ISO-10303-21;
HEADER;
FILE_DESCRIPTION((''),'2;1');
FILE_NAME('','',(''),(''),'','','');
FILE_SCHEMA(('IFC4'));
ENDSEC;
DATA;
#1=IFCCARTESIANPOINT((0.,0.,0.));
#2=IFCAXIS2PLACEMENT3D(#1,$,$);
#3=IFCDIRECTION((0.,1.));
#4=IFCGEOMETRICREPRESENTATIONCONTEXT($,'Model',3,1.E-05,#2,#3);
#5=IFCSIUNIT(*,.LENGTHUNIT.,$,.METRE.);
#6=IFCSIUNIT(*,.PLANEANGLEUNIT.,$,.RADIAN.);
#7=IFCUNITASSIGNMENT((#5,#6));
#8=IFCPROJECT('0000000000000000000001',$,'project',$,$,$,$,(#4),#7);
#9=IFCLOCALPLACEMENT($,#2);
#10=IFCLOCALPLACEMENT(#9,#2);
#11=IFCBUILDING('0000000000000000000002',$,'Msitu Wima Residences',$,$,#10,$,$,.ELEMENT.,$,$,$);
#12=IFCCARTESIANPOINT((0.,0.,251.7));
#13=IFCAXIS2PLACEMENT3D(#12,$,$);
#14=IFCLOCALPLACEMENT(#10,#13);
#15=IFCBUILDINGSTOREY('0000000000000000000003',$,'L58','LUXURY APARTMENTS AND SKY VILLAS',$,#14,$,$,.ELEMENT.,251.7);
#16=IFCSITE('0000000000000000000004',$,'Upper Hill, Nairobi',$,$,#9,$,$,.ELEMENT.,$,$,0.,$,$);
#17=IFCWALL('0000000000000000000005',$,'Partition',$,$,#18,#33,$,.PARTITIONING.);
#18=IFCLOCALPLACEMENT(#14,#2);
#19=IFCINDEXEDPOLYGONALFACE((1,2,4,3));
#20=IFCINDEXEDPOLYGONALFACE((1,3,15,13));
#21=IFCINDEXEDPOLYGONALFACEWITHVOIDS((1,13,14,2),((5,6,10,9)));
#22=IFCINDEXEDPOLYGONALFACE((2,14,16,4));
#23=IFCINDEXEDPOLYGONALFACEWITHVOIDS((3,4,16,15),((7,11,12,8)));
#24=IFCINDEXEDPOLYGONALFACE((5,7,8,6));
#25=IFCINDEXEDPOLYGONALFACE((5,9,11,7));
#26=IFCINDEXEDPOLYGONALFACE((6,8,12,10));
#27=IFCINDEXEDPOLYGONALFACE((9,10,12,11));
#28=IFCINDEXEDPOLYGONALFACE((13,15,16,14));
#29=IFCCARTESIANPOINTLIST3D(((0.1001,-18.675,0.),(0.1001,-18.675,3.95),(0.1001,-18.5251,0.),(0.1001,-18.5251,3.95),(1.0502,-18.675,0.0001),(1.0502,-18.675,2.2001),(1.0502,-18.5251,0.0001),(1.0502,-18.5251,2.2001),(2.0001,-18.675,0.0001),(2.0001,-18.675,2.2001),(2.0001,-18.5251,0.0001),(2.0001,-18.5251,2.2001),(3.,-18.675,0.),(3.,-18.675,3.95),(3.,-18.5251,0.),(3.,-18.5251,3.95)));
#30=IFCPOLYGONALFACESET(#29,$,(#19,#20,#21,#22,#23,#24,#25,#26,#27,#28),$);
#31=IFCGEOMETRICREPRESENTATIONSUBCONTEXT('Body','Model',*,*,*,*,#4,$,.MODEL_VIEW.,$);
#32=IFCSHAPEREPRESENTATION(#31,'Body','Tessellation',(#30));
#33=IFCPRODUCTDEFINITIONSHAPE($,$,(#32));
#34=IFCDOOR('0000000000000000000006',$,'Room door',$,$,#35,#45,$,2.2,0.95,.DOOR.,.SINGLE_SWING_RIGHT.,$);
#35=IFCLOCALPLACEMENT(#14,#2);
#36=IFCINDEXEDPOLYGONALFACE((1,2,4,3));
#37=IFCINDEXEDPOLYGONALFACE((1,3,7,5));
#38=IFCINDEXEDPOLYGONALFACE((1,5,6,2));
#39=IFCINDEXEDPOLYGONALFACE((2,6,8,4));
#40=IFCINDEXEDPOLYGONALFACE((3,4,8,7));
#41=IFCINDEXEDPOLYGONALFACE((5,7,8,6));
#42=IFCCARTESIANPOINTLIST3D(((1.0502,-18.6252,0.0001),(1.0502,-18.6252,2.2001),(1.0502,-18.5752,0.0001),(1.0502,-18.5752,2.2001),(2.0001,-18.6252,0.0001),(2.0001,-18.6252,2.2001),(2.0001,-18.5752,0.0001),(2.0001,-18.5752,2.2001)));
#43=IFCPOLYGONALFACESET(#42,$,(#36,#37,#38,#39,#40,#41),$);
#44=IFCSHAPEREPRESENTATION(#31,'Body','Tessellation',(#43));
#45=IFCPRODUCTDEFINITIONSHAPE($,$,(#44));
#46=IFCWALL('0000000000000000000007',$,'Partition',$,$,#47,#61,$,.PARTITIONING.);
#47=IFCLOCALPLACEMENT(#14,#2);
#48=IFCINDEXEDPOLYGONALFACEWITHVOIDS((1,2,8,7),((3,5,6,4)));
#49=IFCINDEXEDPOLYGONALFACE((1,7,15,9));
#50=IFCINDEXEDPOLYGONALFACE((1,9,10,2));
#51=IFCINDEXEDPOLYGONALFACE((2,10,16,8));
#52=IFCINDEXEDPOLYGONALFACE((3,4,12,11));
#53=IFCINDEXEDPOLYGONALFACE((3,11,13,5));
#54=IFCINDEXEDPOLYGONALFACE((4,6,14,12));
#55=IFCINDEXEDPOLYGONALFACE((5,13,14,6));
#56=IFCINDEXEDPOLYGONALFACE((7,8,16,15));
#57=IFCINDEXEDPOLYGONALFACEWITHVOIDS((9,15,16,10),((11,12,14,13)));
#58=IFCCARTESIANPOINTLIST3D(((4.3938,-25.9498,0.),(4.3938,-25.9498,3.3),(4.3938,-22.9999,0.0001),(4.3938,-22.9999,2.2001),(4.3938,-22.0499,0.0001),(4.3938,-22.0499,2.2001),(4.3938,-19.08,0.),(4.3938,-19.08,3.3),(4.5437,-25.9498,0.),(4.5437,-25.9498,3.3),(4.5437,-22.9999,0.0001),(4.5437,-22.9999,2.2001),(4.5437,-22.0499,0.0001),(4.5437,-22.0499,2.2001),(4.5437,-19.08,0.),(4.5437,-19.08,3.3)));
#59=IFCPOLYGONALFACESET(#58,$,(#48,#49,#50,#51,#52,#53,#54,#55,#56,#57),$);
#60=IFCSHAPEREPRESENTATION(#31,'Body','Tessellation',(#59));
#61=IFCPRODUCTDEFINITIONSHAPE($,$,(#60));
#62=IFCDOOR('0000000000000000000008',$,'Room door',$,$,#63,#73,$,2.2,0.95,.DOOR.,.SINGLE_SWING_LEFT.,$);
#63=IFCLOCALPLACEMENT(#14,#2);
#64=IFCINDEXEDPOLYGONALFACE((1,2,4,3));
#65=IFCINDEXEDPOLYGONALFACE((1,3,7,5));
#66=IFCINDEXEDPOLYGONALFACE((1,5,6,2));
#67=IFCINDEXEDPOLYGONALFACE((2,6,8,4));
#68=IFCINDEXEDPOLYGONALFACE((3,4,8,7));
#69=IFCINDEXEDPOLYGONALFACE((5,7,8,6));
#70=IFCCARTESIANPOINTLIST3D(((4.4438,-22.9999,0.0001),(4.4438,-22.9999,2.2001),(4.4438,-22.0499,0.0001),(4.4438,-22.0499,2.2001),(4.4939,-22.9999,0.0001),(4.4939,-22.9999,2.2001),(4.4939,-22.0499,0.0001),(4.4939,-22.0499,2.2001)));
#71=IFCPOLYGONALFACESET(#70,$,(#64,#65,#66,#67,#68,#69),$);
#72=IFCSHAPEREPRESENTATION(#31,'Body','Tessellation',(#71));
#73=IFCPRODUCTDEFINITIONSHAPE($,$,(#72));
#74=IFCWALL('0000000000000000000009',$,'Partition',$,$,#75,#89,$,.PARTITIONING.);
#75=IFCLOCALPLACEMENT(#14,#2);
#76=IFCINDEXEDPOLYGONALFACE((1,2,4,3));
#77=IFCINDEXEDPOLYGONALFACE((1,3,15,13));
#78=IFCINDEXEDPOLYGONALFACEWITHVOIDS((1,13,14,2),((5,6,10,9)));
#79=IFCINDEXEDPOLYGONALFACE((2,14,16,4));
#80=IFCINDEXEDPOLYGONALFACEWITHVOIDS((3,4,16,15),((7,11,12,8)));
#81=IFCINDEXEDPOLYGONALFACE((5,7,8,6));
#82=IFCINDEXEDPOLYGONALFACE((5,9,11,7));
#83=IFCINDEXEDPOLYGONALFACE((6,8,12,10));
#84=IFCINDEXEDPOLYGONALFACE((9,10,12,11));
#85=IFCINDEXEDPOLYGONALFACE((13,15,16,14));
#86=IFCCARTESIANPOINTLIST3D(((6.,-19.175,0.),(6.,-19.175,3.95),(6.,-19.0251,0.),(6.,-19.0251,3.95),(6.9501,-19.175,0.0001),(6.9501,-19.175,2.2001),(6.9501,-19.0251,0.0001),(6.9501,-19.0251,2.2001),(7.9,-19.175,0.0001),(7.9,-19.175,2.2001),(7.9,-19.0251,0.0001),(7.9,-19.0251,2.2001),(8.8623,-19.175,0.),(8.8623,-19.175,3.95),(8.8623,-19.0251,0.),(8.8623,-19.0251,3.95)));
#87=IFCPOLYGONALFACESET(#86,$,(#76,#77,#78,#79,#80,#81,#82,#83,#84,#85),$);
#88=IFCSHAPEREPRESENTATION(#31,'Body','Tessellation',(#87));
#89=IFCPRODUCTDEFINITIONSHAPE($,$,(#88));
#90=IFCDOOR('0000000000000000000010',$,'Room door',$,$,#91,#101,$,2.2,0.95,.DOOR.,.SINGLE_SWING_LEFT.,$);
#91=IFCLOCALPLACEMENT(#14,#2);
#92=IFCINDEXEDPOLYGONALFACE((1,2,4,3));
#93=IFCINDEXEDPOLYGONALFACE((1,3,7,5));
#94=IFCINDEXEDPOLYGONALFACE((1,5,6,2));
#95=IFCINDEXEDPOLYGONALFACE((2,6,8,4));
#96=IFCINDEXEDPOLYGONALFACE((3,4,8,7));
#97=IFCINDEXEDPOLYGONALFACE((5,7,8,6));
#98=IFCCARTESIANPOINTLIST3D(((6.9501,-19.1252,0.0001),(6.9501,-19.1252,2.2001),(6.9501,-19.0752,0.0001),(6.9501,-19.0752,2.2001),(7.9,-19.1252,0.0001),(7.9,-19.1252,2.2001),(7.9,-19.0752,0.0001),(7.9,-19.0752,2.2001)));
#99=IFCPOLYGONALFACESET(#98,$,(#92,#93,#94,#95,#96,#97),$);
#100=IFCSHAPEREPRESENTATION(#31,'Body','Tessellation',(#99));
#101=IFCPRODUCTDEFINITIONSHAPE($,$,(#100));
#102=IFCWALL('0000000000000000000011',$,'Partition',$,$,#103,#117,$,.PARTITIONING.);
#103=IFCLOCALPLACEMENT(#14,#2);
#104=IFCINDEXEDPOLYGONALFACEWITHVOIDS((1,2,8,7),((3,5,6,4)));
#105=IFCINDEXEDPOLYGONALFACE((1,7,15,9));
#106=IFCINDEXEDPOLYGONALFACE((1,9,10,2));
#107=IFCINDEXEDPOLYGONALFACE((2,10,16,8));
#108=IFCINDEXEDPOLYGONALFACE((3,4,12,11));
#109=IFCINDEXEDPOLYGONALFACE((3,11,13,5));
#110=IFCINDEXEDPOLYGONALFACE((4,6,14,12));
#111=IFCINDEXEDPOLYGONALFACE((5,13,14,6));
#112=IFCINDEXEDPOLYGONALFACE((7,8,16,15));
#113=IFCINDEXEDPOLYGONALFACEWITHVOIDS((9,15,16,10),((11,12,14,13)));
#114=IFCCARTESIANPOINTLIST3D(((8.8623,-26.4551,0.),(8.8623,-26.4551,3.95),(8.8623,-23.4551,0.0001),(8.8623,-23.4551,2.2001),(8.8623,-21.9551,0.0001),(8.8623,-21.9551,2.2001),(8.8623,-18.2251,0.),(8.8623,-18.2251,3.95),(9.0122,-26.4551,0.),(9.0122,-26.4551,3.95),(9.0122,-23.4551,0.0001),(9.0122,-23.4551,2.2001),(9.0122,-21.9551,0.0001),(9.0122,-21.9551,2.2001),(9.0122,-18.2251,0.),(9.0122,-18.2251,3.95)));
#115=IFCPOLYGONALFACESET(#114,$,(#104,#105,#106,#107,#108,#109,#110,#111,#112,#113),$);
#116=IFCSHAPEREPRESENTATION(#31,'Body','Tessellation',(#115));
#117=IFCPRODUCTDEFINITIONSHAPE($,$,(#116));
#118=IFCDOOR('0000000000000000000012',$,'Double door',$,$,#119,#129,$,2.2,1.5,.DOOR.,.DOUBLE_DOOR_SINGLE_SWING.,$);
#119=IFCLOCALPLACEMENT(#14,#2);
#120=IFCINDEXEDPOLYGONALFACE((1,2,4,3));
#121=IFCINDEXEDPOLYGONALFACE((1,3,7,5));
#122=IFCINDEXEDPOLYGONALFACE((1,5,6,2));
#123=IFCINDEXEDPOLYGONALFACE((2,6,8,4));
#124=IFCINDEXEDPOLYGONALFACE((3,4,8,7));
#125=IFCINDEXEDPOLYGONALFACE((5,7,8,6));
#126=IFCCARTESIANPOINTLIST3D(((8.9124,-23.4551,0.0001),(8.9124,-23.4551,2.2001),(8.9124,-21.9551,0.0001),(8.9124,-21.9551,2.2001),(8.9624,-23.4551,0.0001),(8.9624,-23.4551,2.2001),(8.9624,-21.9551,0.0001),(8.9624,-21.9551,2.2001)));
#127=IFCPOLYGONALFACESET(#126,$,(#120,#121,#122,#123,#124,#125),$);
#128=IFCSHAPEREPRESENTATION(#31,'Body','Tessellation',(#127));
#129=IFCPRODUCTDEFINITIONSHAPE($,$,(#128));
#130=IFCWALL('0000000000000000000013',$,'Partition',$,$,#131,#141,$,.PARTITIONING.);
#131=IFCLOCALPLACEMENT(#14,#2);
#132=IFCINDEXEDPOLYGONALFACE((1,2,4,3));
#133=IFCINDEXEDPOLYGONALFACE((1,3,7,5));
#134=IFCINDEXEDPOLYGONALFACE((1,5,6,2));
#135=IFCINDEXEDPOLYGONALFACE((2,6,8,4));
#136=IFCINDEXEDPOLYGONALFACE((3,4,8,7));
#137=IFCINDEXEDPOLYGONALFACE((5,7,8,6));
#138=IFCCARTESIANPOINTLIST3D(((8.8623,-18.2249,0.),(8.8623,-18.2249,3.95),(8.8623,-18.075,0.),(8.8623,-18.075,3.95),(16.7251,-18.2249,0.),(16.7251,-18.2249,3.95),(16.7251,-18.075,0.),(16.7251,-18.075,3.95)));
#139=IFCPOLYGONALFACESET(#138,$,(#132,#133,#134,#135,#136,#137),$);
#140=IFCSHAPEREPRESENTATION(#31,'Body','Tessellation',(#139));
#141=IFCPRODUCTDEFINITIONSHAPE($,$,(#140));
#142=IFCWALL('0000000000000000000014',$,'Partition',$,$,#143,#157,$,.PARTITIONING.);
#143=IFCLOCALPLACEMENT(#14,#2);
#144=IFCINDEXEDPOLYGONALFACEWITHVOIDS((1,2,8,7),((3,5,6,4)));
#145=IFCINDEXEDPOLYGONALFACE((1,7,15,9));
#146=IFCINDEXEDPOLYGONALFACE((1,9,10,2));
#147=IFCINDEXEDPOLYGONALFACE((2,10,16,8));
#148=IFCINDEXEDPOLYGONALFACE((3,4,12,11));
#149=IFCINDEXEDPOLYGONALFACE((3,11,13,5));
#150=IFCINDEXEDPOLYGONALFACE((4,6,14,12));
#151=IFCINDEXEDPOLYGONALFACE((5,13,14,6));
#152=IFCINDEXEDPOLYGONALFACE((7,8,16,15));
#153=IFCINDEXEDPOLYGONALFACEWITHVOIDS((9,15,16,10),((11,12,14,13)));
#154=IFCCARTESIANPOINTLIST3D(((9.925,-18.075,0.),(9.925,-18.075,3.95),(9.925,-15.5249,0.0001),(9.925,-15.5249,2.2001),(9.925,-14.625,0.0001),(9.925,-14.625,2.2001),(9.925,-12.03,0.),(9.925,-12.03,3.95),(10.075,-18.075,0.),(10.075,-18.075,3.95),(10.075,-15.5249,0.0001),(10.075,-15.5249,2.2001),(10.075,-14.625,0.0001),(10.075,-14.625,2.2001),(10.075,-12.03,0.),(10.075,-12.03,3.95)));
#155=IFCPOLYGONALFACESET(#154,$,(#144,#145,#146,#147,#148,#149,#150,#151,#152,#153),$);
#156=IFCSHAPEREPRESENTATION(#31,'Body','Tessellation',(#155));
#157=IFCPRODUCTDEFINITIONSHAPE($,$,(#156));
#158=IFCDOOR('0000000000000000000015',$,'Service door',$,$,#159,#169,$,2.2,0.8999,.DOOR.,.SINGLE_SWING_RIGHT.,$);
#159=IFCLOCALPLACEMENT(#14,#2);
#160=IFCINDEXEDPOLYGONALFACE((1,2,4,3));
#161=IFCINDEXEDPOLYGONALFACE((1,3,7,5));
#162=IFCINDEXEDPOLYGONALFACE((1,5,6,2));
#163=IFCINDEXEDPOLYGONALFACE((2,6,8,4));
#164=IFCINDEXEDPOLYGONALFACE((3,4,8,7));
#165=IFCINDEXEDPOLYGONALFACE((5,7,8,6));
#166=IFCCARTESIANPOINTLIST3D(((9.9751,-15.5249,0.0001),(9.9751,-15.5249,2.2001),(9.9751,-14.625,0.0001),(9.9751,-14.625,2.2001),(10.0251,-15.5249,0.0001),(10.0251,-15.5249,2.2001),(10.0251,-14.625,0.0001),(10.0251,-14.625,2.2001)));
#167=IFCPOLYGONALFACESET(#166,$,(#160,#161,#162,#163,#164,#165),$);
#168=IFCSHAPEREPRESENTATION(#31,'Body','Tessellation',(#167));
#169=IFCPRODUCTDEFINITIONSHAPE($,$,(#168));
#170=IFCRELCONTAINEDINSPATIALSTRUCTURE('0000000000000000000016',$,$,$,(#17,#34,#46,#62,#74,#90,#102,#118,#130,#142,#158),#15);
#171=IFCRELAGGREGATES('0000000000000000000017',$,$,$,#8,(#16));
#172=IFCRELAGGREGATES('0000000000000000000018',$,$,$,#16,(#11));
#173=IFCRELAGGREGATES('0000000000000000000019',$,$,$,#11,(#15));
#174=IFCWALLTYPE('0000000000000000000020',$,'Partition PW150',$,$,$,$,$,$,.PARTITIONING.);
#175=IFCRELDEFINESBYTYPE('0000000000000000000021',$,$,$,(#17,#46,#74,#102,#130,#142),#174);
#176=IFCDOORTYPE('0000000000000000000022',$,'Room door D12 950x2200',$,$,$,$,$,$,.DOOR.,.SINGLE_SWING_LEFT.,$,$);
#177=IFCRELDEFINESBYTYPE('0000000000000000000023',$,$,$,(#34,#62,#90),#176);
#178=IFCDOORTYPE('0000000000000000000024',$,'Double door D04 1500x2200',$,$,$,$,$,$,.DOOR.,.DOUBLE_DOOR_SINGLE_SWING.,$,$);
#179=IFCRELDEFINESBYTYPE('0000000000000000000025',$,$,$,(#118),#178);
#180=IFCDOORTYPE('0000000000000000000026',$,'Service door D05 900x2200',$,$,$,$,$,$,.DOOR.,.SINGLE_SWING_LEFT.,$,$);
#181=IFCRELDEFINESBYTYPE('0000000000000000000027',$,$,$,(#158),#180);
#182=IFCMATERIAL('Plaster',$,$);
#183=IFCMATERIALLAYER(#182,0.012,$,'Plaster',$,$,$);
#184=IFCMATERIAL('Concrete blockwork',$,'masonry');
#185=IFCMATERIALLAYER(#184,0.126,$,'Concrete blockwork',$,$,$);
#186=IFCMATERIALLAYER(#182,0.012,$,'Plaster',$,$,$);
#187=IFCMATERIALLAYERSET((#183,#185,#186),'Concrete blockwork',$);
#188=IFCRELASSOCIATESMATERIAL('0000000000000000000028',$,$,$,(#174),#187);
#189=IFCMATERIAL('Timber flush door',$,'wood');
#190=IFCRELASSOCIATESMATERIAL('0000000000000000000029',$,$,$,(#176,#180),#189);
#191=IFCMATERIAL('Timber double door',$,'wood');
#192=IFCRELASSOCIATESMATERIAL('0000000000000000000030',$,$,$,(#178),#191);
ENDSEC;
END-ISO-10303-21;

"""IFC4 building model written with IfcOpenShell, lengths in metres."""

from ifc_helpers import new_model, si_unit, direction, frame, frame_2d, origin, place, context, subcontext, project, spatial, rectangle, extrude, material, layer, layer_set, type_object, element, fill, save


model = new_model("IFC4")

# Units and contexts
model_context = context("Model", 3, precision=1e-05, world=origin(), true_north=direction((0.0, 1.0)))
body_context = subcontext(model_context, "Body", "Model", "MODEL_VIEW")
ifc_project = project(units=[si_unit("LENGTHUNIT", "METRE"), si_unit("PLANEANGLEUNIT", "RADIAN")], contexts=[model_context])

# Site, building, storey
site_placement = place(None, origin())
site = spatial("IfcSite", under=ifc_project, at=site_placement, Name="Upper Hill, Nairobi", CompositionType="ELEMENT", RefElevation=0.0)
building_placement = place(site_placement, origin())
building = spatial("IfcBuilding", under=site, at=building_placement, Name="Msitu Wima Residences", CompositionType="ELEMENT")
storey_placement = place(building_placement, frame((0.0, 0.0, 251.7)))
storey = spatial("IfcBuildingStorey", under=building, at=storey_placement, Name="L58", Description="LUXURY APARTMENTS AND SKY VILLAS", CompositionType="ELEMENT", Elevation=251.7)

# Walls, openings, doors
ifc_material_1 = material(Name="Plaster")
ifc_layer_1 = layer(ifc_material_1, 0.012, Name="Plaster")
ifc_material_2 = material(Name="Concrete blockwork", Category="masonry")
ifc_layer_2 = layer(ifc_material_2, 0.126, Name="Concrete blockwork")
ifc_layer_3 = layer(ifc_material_1, 0.012, Name="Plaster")
ifc_layer_set_1 = layer_set([ifc_layer_1, ifc_layer_2, ifc_layer_3], Name="Concrete blockwork")
wall_type_1 = type_object("IfcWallType", Name="Partition PW150", PredefinedType="PARTITIONING", material=ifc_layer_set_1)
wall_1_placement = place(storey_placement, frame((0.1001, -18.6001, 0.0), z_axis=(0.0, 0.0, 1.0), x_axis=(1.0, 0.0, 0.0)))
wall_1 = element("IfcWall", 1, at=wall_1_placement, inside=storey, type_object=wall_type_1, Name="Partition", PredefinedType="PARTITIONING", context=body_context, shape_type="SweptSolid", body=[
    extrude(rectangle(XDim=2.8999, YDim=0.1499, at=frame_2d((1.45, 0.0))), origin(), (0.0, 0.0, 1.0), 3.95),
])
opening_1_placement = place(wall_1_placement, frame((0.95, 0.0, 0.0)))
opening_1 = element("IfcOpeningElement", 2, at=opening_1_placement, cuts=wall_1, PredefinedType="OPENING", context=body_context, shape_type="SweptSolid", body=[
    extrude(rectangle(XDim=0.95, YDim=2.2, at=frame_2d((0.4751, 1.1001))), frame((0.0, 0.085, 0.0), z_axis=(0.0, -1.0, 0.0), x_axis=(1.0, 0.0, 0.0)), (0.0, 0.0, 1.0), 0.1699),
])
ifc_material_3 = material(Name="Timber flush door", Category="wood")
door_type_1 = type_object("IfcDoorType", Name="Room door D12 950x2200", OperationType="SINGLE_SWING_LEFT", PredefinedType="DOOR", material=ifc_material_3)
door_1_placement = place(opening_1_placement, origin())
door_1 = element("IfcDoor", 3, at=door_1_placement, inside=storey, type_object=door_type_1, Name="Room door", OperationType="SINGLE_SWING_RIGHT", OverallHeight=2.2, OverallWidth=0.95, PredefinedType="DOOR", context=body_context, shape_type="SweptSolid", body=[
    extrude(rectangle(XDim=0.95, YDim=2.2, at=frame_2d((0.4751, 1.1001))), frame((0.0, 0.0249, 0.0), z_axis=(0.0, -1.0, 0.0), x_axis=(1.0, 0.0, 0.0)), (0.0, 0.0, 1.0), 0.05),
])
fill(opening_1, door_1)
wall_2_placement = place(storey_placement, frame((4.4688, -25.95, 0.0), z_axis=(0.0, 0.0, 1.0), x_axis=(0.0, 1.0, 0.0)))
wall_2 = element("IfcWall", 4, at=wall_2_placement, inside=storey, type_object=wall_type_1, Name="Partition", PredefinedType="PARTITIONING", context=body_context, shape_type="SweptSolid", body=[
    extrude(rectangle(XDim=6.8699, YDim=0.1499, at=frame_2d((3.4351, 0.0))), origin(), (0.0, 0.0, 1.0), 3.3),
])
opening_2_placement = place(wall_2_placement, frame((2.95, 0.0, 0.0)))
opening_2 = element("IfcOpeningElement", 5, at=opening_2_placement, cuts=wall_2, PredefinedType="OPENING", context=body_context, shape_type="SweptSolid", body=[
    extrude(rectangle(XDim=0.95, YDim=2.2, at=frame_2d((0.4751, 1.1001))), frame((0.0, 0.085, 0.0), z_axis=(0.0, -1.0, 0.0), x_axis=(1.0, 0.0, 0.0)), (0.0, 0.0, 1.0), 0.1699),
])
door_2_placement = place(opening_2_placement, origin())
door_2 = element("IfcDoor", 6, at=door_2_placement, inside=storey, type_object=door_type_1, Name="Room door", OperationType="SINGLE_SWING_LEFT", OverallHeight=2.2, OverallWidth=0.95, PredefinedType="DOOR", context=body_context, shape_type="SweptSolid", body=[
    extrude(rectangle(XDim=0.95, YDim=2.2, at=frame_2d((0.4751, 1.1001))), frame((0.0, 0.0249, 0.0), z_axis=(0.0, -1.0, 0.0), x_axis=(1.0, 0.0, 0.0)), (0.0, 0.0, 1.0), 0.05),
])
fill(opening_2, door_2)
wall_3_placement = place(storey_placement, frame((6.0, -19.1001, 0.0), z_axis=(0.0, 0.0, 1.0), x_axis=(1.0, 0.0, 0.0)))
wall_3 = element("IfcWall", 7, at=wall_3_placement, inside=storey, type_object=wall_type_1, Name="Partition", PredefinedType="PARTITIONING", context=body_context, shape_type="SweptSolid", body=[
    extrude(rectangle(XDim=2.8623, YDim=0.1499, at=frame_2d((1.4312, 0.0))), origin(), (0.0, 0.0, 1.0), 3.95),
])
opening_3_placement = place(wall_3_placement, frame((0.95, 0.0, 0.0)))
opening_3 = element("IfcOpeningElement", 8, at=opening_3_placement, cuts=wall_3, PredefinedType="OPENING", context=body_context, shape_type="SweptSolid", body=[
    extrude(rectangle(XDim=0.95, YDim=2.2, at=frame_2d((0.4751, 1.1001))), frame((0.0, 0.085, 0.0), z_axis=(0.0, -1.0, 0.0), x_axis=(1.0, 0.0, 0.0)), (0.0, 0.0, 1.0), 0.1699),
])
door_3_placement = place(opening_3_placement, origin())
door_3 = element("IfcDoor", 9, at=door_3_placement, inside=storey, type_object=door_type_1, Name="Room door", OperationType="SINGLE_SWING_LEFT", OverallHeight=2.2, OverallWidth=0.95, PredefinedType="DOOR", context=body_context, shape_type="SweptSolid", body=[
    extrude(rectangle(XDim=0.95, YDim=2.2, at=frame_2d((0.4751, 1.1001))), frame((0.0, 0.0249, 0.0), z_axis=(0.0, -1.0, 0.0), x_axis=(1.0, 0.0, 0.0)), (0.0, 0.0, 1.0), 0.05),
])
fill(opening_3, door_3)
wall_4_placement = place(storey_placement, frame((8.9373, -26.4551, 0.0), z_axis=(0.0, 0.0, 1.0), x_axis=(0.0, 1.0, 0.0)))
wall_4 = element("IfcWall", 10, at=wall_4_placement, inside=storey, type_object=wall_type_1, Name="Partition", PredefinedType="PARTITIONING", context=body_context, shape_type="SweptSolid", body=[
    extrude(rectangle(XDim=8.23, YDim=0.1499, at=frame_2d((4.115, 0.0))), origin(), (0.0, 0.0, 1.0), 3.95),
])
opening_4_placement = place(wall_4_placement, frame((3.0, 0.0, 0.0)))
opening_4 = element("IfcOpeningElement", 11, at=opening_4_placement, cuts=wall_4, PredefinedType="OPENING", context=body_context, shape_type="SweptSolid", body=[
    extrude(rectangle(XDim=1.5, YDim=2.2, at=frame_2d((0.75, 1.1001))), frame((0.0, 0.085, 0.0), z_axis=(0.0, -1.0, 0.0), x_axis=(1.0, 0.0, 0.0)), (0.0, 0.0, 1.0), 0.1699),
])
ifc_material_4 = material(Name="Timber double door", Category="wood")
door_type_2 = type_object("IfcDoorType", Name="Double door D04 1500x2200", OperationType="DOUBLE_DOOR_SINGLE_SWING", PredefinedType="DOOR", material=ifc_material_4)
door_4_placement = place(opening_4_placement, origin())
door_4 = element("IfcDoor", 12, at=door_4_placement, inside=storey, type_object=door_type_2, Name="Double door", OperationType="DOUBLE_DOOR_SINGLE_SWING", OverallHeight=2.2, OverallWidth=1.5, PredefinedType="DOOR", context=body_context, shape_type="SweptSolid", body=[
    extrude(rectangle(XDim=1.5, YDim=2.2, at=frame_2d((0.75, 1.1001))), frame((0.0, 0.0249, 0.0), z_axis=(0.0, -1.0, 0.0), x_axis=(1.0, 0.0, 0.0)), (0.0, 0.0, 1.0), 0.05),
])
fill(opening_4, door_4)

# Wall
wall_5_placement = place(storey_placement, frame((8.8623, -18.1499, 0.0), z_axis=(0.0, 0.0, 1.0), x_axis=(1.0, 0.0, 0.0)))
element("IfcWall", 13, at=wall_5_placement, inside=storey, type_object=wall_type_1, Name="Partition", PredefinedType="PARTITIONING", context=body_context, shape_type="SweptSolid", body=[
    extrude(rectangle(XDim=7.8628, YDim=0.1499, at=frame_2d((3.9314, 0.0))), origin(), (0.0, 0.0, 1.0), 3.95),
])

# Wall, opening, door
wall_6_placement = place(storey_placement, frame((10.0, -18.075, 0.0), z_axis=(0.0, 0.0, 1.0), x_axis=(0.0, 1.0, 0.0)))
wall_6 = element("IfcWall", 14, at=wall_6_placement, inside=storey, type_object=wall_type_1, Name="Partition", PredefinedType="PARTITIONING", context=body_context, shape_type="SweptSolid", body=[
    extrude(rectangle(XDim=6.0449, YDim=0.1499, at=frame_2d((3.0225, 0.0))), origin(), (0.0, 0.0, 1.0), 3.95),
])
opening_5_placement = place(wall_6_placement, frame((2.55, 0.0, 0.0)))
opening_5 = element("IfcOpeningElement", 15, at=opening_5_placement, cuts=wall_6, PredefinedType="OPENING", context=body_context, shape_type="SweptSolid", body=[
    extrude(rectangle(XDim=0.8999, YDim=2.2, at=frame_2d((0.45, 1.1001))), frame((0.0, 0.085, 0.0), z_axis=(0.0, -1.0, 0.0), x_axis=(1.0, 0.0, 0.0)), (0.0, 0.0, 1.0), 0.1699),
])
door_type_3 = type_object("IfcDoorType", Name="Service door D05 900x2200", OperationType="SINGLE_SWING_LEFT", PredefinedType="DOOR", material=ifc_material_3)
door_5_placement = place(opening_5_placement, origin())
door_5 = element("IfcDoor", 16, at=door_5_placement, inside=storey, type_object=door_type_3, Name="Service door", OperationType="SINGLE_SWING_RIGHT", OverallHeight=2.2, OverallWidth=0.8999, PredefinedType="DOOR", context=body_context, shape_type="SweptSolid", body=[
    extrude(rectangle(XDim=0.8999, YDim=2.2, at=frame_2d((0.45, 1.1001))), frame((0.0, 0.0249, 0.0), z_axis=(0.0, -1.0, 0.0), x_axis=(1.0, 0.0, 0.0)), (0.0, 0.0, 1.0), 0.05),
])
fill(opening_5, door_5)

save(model, "model.ifc")
